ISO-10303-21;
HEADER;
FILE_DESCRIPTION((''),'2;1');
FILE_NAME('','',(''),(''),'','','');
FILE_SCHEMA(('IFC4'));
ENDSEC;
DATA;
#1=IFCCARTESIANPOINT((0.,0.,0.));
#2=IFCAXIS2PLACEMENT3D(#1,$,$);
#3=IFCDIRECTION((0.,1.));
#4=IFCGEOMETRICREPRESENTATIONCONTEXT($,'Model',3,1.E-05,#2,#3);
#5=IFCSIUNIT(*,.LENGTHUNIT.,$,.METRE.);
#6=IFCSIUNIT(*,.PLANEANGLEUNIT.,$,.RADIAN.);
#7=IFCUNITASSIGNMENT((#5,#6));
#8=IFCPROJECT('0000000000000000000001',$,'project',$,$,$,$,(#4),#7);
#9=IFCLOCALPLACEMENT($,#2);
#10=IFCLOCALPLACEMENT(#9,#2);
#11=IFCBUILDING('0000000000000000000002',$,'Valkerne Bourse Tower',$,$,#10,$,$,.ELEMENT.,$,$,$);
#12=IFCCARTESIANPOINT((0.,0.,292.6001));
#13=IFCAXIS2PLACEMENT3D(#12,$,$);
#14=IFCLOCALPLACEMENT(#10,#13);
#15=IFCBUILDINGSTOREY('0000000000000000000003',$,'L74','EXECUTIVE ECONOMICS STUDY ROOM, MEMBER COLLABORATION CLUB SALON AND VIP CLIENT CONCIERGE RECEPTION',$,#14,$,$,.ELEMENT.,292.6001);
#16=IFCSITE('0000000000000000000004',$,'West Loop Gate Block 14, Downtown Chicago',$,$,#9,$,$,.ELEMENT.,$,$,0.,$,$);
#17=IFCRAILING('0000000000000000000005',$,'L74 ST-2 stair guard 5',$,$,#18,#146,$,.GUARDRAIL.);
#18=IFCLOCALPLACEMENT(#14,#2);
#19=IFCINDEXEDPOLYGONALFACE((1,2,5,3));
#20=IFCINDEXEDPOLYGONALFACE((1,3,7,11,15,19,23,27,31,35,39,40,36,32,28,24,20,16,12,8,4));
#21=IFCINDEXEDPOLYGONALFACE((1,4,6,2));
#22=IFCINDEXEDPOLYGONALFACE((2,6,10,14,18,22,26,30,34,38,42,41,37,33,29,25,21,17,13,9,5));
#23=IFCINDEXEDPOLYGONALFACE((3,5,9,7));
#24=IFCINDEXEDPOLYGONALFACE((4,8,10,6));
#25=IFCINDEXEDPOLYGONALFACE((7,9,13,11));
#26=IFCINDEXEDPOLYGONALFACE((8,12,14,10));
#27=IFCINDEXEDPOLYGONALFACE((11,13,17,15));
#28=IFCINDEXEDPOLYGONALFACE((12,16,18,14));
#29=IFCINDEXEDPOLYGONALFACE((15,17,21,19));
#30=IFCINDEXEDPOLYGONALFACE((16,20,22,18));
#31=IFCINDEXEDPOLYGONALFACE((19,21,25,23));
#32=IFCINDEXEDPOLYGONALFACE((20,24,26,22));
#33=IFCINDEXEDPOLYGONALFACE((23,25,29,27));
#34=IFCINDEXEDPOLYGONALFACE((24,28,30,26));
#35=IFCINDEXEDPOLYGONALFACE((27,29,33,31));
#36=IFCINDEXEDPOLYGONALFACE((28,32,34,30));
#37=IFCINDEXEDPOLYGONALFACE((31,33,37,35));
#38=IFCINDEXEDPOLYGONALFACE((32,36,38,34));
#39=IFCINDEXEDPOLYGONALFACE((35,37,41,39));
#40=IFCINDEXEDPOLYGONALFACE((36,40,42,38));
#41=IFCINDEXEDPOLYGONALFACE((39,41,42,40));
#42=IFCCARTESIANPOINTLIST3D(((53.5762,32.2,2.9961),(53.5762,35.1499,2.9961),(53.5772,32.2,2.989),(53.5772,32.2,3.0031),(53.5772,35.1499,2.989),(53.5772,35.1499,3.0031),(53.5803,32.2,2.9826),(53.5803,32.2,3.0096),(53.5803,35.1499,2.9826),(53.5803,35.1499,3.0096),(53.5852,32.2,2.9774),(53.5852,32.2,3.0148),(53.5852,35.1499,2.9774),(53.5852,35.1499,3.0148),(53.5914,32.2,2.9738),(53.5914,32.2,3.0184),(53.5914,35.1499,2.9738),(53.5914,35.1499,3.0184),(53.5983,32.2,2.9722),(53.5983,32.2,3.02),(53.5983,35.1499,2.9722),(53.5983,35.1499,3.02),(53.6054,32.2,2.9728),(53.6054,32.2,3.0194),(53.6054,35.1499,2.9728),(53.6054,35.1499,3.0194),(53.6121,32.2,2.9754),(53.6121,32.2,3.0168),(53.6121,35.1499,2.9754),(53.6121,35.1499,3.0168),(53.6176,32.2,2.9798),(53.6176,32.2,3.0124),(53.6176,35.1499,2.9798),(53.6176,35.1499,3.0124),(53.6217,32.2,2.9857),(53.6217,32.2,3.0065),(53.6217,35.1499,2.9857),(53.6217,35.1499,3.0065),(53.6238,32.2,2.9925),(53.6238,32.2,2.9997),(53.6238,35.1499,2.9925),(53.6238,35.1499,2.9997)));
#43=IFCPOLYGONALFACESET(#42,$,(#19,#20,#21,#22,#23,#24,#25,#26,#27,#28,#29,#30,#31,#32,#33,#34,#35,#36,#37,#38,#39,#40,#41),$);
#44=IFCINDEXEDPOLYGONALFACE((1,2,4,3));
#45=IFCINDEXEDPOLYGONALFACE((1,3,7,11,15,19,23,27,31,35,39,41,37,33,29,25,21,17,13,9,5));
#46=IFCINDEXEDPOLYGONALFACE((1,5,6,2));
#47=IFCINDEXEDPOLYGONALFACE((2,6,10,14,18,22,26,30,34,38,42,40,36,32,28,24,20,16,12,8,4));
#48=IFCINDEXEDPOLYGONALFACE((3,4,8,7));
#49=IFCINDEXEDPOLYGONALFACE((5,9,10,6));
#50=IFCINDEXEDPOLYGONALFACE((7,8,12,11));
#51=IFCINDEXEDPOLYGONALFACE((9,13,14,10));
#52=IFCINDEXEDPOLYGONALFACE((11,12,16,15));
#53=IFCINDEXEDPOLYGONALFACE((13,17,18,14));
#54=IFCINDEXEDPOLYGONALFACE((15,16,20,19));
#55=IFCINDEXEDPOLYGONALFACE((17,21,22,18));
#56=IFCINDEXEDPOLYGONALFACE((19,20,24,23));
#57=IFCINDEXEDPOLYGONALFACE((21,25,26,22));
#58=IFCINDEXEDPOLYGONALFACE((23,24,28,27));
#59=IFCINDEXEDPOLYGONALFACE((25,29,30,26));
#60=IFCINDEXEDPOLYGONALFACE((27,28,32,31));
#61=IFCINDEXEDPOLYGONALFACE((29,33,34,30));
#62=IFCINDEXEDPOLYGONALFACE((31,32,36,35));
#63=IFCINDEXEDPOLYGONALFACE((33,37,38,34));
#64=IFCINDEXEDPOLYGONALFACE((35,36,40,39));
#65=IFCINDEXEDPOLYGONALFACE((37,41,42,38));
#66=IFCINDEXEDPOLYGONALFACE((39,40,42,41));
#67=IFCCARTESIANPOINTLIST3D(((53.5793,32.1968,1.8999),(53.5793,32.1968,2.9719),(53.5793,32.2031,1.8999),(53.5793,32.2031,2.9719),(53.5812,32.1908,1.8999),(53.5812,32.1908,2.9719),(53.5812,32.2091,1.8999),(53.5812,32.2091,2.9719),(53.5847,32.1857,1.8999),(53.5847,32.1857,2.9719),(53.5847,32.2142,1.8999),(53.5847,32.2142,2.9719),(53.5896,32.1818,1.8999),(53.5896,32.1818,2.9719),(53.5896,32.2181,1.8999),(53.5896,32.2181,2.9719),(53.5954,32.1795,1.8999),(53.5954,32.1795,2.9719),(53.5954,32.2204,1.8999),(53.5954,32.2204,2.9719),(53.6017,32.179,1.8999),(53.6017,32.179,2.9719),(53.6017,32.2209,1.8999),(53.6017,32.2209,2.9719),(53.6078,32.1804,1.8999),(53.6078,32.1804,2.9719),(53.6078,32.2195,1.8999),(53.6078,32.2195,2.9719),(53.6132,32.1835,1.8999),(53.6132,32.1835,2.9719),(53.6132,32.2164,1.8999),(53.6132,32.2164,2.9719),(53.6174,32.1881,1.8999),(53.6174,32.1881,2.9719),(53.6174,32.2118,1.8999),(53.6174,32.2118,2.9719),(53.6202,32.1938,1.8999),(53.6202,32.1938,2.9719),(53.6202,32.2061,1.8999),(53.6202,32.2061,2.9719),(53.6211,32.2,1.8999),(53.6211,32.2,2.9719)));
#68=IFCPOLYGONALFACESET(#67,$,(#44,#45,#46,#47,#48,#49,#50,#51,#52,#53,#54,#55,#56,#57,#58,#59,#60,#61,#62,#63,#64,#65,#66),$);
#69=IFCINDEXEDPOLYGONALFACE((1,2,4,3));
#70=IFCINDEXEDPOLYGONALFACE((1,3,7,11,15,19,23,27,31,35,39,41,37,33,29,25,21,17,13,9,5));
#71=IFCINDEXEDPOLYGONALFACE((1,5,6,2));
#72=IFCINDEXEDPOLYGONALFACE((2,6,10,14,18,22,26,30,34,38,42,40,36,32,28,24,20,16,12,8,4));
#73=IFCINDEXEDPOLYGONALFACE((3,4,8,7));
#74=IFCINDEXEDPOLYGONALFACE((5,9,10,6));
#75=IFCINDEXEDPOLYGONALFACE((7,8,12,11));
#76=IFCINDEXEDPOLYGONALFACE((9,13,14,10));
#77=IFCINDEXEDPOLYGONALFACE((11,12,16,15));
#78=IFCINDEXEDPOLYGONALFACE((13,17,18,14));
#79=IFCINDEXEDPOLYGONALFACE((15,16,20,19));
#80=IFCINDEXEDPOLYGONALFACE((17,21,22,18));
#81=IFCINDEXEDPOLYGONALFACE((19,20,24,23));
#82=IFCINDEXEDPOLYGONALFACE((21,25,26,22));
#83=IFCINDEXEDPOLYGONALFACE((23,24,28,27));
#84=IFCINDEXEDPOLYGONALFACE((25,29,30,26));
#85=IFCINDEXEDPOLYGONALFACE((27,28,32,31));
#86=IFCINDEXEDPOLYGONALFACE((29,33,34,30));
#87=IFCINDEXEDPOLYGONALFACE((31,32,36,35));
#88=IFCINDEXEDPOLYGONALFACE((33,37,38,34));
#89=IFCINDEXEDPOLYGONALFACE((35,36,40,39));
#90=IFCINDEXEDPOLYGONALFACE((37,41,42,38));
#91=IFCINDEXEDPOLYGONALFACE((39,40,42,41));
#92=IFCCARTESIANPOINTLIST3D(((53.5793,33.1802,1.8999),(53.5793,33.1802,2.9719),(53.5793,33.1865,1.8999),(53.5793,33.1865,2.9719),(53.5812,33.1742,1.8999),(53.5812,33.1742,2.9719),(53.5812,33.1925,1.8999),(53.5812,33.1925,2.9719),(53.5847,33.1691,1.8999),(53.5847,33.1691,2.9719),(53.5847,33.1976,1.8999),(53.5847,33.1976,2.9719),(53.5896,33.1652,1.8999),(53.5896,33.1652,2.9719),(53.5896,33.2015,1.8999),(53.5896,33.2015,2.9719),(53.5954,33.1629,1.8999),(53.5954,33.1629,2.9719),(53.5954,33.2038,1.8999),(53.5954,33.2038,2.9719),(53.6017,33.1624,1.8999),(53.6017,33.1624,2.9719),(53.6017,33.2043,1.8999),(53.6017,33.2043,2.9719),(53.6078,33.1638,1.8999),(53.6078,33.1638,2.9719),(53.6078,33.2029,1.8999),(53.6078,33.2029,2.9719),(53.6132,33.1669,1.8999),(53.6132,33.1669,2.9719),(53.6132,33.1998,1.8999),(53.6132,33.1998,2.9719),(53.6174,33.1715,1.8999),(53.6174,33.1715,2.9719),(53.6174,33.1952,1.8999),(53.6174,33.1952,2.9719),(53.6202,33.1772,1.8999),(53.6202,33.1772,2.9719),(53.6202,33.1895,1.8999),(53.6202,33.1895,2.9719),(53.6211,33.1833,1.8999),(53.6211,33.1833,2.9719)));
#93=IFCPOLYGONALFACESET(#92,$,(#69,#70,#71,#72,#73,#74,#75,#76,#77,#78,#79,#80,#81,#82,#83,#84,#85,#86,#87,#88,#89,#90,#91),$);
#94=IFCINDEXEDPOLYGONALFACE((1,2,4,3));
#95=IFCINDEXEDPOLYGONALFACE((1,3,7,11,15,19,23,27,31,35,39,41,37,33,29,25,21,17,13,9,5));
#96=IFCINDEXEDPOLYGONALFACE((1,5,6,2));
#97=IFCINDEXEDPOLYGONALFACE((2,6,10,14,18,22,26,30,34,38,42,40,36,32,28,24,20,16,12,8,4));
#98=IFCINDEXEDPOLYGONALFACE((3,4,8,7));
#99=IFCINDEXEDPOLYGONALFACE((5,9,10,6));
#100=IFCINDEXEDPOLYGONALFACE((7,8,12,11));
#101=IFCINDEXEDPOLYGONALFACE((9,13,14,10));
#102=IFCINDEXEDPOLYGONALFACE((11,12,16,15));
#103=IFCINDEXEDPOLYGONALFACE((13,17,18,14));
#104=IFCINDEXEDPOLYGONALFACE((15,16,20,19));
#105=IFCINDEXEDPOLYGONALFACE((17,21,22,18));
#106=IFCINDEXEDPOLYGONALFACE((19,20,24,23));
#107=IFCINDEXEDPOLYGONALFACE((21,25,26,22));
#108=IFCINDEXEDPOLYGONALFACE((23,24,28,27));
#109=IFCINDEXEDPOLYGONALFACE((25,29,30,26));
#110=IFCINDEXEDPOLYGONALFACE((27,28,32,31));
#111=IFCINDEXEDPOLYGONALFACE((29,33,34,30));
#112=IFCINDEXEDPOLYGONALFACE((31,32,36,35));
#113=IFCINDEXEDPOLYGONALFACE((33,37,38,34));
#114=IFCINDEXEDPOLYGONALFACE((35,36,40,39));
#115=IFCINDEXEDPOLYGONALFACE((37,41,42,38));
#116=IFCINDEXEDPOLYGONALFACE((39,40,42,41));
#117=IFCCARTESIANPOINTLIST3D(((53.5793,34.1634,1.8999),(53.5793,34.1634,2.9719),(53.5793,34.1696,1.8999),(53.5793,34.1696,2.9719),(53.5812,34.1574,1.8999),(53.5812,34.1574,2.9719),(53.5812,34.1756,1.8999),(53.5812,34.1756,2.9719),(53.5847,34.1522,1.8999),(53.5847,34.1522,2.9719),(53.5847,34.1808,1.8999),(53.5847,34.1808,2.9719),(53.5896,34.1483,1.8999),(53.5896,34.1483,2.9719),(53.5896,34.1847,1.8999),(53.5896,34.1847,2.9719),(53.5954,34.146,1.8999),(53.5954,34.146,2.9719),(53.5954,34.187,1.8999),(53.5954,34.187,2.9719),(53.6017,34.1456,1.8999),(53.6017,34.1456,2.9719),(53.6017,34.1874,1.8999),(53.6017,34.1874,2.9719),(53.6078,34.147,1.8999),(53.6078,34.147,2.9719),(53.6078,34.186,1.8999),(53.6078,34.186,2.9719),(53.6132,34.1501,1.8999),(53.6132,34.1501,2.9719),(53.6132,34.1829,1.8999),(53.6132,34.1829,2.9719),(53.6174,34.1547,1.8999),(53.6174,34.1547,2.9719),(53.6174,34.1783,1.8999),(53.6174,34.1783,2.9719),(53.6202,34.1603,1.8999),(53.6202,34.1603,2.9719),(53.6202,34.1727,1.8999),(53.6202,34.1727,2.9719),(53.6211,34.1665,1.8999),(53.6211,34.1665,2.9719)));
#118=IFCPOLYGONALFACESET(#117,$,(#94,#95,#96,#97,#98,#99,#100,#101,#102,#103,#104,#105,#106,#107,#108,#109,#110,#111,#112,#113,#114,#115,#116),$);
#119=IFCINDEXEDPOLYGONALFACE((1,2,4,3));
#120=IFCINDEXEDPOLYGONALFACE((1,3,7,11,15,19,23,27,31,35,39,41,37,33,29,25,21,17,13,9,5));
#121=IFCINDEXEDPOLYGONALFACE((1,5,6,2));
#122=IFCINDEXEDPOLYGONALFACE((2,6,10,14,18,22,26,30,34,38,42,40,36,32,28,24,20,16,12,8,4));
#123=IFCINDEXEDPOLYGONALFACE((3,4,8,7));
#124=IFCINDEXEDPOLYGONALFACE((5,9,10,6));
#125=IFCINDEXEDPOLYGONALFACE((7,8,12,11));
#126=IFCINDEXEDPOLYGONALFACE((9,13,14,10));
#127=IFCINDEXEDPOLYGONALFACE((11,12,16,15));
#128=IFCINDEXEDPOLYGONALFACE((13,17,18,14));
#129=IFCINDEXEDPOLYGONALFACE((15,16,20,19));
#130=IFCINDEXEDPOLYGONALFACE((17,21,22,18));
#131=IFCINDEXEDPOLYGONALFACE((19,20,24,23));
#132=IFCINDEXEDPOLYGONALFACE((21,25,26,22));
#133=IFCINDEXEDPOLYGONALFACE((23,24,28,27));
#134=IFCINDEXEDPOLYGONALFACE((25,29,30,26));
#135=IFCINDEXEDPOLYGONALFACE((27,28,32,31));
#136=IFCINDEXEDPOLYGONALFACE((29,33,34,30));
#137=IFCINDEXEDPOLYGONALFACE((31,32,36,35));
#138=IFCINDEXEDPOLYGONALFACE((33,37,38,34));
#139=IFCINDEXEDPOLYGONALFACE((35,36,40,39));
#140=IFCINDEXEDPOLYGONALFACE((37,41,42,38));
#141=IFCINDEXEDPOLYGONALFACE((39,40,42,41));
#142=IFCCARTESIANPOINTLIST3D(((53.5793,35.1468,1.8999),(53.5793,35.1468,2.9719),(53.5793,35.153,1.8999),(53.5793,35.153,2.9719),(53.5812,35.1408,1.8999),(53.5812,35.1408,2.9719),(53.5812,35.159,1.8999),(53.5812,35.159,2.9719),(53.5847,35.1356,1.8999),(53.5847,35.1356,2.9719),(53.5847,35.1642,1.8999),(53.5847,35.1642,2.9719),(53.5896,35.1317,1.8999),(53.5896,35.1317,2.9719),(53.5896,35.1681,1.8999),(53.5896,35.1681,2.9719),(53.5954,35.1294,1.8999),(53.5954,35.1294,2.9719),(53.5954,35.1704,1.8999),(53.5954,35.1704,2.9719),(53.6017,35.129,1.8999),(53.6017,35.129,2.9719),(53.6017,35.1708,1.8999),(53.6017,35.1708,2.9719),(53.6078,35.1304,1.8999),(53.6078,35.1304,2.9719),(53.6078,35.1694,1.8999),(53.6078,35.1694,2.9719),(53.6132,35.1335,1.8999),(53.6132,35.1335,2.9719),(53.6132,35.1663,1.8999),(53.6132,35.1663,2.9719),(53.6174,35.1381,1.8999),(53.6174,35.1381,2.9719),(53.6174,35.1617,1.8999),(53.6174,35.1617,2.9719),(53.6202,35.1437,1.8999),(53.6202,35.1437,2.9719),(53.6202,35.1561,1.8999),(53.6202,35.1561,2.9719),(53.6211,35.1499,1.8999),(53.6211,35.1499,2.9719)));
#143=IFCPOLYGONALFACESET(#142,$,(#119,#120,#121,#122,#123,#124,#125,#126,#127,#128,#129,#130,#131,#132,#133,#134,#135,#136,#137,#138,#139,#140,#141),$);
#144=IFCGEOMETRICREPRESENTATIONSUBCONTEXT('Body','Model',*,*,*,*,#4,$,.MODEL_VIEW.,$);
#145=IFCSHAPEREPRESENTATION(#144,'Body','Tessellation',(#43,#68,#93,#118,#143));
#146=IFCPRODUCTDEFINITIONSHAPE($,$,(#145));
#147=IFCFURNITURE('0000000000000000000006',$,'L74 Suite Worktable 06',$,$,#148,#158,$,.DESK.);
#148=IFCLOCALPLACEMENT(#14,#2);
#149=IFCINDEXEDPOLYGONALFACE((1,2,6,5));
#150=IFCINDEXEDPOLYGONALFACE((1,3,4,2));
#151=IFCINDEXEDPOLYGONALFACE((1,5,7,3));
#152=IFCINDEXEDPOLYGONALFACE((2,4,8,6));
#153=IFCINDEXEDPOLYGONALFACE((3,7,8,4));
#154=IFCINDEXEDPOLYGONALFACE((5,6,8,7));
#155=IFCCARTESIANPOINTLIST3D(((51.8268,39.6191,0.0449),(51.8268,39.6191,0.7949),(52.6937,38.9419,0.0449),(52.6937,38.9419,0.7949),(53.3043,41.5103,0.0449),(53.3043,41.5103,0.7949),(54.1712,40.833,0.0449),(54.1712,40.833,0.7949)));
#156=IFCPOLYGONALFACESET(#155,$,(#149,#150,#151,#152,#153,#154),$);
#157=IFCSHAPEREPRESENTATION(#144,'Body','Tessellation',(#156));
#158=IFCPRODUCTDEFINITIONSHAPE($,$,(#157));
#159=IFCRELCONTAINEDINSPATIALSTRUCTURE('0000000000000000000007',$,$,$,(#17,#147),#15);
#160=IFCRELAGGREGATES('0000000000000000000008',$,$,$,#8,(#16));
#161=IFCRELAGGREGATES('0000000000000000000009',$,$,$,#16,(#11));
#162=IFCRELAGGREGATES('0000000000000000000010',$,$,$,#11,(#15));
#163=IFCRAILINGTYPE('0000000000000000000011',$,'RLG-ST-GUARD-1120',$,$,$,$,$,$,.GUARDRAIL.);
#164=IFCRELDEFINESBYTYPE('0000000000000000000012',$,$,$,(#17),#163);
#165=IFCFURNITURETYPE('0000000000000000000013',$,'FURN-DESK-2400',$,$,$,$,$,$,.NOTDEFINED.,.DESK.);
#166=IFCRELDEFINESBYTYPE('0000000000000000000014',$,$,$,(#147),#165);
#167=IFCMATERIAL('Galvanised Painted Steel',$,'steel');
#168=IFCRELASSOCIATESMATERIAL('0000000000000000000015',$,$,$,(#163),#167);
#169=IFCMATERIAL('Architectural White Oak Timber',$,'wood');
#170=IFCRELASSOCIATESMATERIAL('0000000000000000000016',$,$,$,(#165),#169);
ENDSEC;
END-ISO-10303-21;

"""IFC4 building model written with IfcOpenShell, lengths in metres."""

from ifc_helpers import new_model, si_unit, direction, frame, origin, origin_2d, place, context, subcontext, project, spatial, rectangle, circle, extrude, material, type_object, element, save


model = new_model("IFC4")

# Units and contexts
model_context = context("Model", 3, precision=1e-05, world=origin(), true_north=direction((0.0, 1.0)))
body_context = subcontext(model_context, "Body", "Model", "MODEL_VIEW")
ifc_project = project(units=[si_unit("LENGTHUNIT", "METRE"), si_unit("PLANEANGLEUNIT", "RADIAN")], contexts=[model_context])

# Site, building, storey
site_placement = place(None, origin())
site = spatial("IfcSite", under=ifc_project, at=site_placement, Name="West Loop Gate Block 14, Downtown Chicago", CompositionType="ELEMENT", RefElevation=0.0)
building_placement = place(site_placement, origin())
building = spatial("IfcBuilding", under=site, at=building_placement, Name="Valkerne Bourse Tower", CompositionType="ELEMENT")
storey_placement = place(building_placement, frame((0.0, 0.0, 292.6001)))
storey = spatial("IfcBuildingStorey", under=building, at=storey_placement, Name="L74", Description="EXECUTIVE ECONOMICS STUDY ROOM, MEMBER COLLABORATION CLUB SALON AND VIP CLIENT CONCIERGE RECEPTION", CompositionType="ELEMENT", Elevation=292.6001)

# Shared definitions
ifc_material_1 = material(Name="Architectural White Oak Timber", Category="wood")

# Railing
ifc_material_2 = material(Name="Galvanised Painted Steel", Category="steel")
railing_type = type_object("IfcRailingType", Name="RLG-ST-GUARD-1120", PredefinedType="GUARDRAIL", material=ifc_material_2)
railing_placement = place(storey_placement, frame((53.6001, 32.2, 1.8999)))
element("IfcRailing", 1, at=railing_placement, inside=storey, type_object=railing_type, Name="L74 ST-2 stair guard 5", PredefinedType="GUARDRAIL", context=body_context, shape_type="SweptSolid", body=[
    extrude(circle(Radius=0.0239, at=origin_2d()), frame((0.0, 0.0, 1.0962), z_axis=(0.0, 1.0, 0.0), x_axis=(-1.0, 0.0, 0.0)), (0.0, 0.0, 1.0), 2.95),
    extrude(circle(Radius=0.021, at=origin_2d()), origin(), (0.0, 0.0, 1.0), 1.072),
    extrude(circle(Radius=0.021, at=origin_2d()), frame((0.0, 0.9834, 0.0)), (0.0, 0.0, 1.0), 1.072),
    extrude(circle(Radius=0.021, at=origin_2d()), frame((0.0, 1.9666, 0.0)), (0.0, 0.0, 1.0), 1.072),
    extrude(circle(Radius=0.021, at=origin_2d()), frame((0.0, 2.95, 0.0)), (0.0, 0.0, 1.0), 1.072),
])

# Furniture
furniture_type = type_object("IfcFurnitureType", Name="FURN-DESK-2400", AssemblyPlace="NOTDEFINED", PredefinedType="DESK", material=ifc_material_1)
furniture_placement = place(storey_placement, frame((52.999, 40.2261, 0.0449), z_axis=(0.0, 0.0, 1.0), x_axis=(0.615661, 0.788011, 0.0)))
element("IfcFurniture", 2, at=furniture_placement, inside=storey, type_object=furniture_type, Name="L74 Suite Worktable 06", PredefinedType="DESK", context=body_context, shape_type="SweptSolid", body=[
    extrude(rectangle(XDim=2.3999, YDim=1.1001, at=origin_2d()), origin(), (0.0, 0.0, 1.0), 0.75),
])

save(model, "model.ifc")
